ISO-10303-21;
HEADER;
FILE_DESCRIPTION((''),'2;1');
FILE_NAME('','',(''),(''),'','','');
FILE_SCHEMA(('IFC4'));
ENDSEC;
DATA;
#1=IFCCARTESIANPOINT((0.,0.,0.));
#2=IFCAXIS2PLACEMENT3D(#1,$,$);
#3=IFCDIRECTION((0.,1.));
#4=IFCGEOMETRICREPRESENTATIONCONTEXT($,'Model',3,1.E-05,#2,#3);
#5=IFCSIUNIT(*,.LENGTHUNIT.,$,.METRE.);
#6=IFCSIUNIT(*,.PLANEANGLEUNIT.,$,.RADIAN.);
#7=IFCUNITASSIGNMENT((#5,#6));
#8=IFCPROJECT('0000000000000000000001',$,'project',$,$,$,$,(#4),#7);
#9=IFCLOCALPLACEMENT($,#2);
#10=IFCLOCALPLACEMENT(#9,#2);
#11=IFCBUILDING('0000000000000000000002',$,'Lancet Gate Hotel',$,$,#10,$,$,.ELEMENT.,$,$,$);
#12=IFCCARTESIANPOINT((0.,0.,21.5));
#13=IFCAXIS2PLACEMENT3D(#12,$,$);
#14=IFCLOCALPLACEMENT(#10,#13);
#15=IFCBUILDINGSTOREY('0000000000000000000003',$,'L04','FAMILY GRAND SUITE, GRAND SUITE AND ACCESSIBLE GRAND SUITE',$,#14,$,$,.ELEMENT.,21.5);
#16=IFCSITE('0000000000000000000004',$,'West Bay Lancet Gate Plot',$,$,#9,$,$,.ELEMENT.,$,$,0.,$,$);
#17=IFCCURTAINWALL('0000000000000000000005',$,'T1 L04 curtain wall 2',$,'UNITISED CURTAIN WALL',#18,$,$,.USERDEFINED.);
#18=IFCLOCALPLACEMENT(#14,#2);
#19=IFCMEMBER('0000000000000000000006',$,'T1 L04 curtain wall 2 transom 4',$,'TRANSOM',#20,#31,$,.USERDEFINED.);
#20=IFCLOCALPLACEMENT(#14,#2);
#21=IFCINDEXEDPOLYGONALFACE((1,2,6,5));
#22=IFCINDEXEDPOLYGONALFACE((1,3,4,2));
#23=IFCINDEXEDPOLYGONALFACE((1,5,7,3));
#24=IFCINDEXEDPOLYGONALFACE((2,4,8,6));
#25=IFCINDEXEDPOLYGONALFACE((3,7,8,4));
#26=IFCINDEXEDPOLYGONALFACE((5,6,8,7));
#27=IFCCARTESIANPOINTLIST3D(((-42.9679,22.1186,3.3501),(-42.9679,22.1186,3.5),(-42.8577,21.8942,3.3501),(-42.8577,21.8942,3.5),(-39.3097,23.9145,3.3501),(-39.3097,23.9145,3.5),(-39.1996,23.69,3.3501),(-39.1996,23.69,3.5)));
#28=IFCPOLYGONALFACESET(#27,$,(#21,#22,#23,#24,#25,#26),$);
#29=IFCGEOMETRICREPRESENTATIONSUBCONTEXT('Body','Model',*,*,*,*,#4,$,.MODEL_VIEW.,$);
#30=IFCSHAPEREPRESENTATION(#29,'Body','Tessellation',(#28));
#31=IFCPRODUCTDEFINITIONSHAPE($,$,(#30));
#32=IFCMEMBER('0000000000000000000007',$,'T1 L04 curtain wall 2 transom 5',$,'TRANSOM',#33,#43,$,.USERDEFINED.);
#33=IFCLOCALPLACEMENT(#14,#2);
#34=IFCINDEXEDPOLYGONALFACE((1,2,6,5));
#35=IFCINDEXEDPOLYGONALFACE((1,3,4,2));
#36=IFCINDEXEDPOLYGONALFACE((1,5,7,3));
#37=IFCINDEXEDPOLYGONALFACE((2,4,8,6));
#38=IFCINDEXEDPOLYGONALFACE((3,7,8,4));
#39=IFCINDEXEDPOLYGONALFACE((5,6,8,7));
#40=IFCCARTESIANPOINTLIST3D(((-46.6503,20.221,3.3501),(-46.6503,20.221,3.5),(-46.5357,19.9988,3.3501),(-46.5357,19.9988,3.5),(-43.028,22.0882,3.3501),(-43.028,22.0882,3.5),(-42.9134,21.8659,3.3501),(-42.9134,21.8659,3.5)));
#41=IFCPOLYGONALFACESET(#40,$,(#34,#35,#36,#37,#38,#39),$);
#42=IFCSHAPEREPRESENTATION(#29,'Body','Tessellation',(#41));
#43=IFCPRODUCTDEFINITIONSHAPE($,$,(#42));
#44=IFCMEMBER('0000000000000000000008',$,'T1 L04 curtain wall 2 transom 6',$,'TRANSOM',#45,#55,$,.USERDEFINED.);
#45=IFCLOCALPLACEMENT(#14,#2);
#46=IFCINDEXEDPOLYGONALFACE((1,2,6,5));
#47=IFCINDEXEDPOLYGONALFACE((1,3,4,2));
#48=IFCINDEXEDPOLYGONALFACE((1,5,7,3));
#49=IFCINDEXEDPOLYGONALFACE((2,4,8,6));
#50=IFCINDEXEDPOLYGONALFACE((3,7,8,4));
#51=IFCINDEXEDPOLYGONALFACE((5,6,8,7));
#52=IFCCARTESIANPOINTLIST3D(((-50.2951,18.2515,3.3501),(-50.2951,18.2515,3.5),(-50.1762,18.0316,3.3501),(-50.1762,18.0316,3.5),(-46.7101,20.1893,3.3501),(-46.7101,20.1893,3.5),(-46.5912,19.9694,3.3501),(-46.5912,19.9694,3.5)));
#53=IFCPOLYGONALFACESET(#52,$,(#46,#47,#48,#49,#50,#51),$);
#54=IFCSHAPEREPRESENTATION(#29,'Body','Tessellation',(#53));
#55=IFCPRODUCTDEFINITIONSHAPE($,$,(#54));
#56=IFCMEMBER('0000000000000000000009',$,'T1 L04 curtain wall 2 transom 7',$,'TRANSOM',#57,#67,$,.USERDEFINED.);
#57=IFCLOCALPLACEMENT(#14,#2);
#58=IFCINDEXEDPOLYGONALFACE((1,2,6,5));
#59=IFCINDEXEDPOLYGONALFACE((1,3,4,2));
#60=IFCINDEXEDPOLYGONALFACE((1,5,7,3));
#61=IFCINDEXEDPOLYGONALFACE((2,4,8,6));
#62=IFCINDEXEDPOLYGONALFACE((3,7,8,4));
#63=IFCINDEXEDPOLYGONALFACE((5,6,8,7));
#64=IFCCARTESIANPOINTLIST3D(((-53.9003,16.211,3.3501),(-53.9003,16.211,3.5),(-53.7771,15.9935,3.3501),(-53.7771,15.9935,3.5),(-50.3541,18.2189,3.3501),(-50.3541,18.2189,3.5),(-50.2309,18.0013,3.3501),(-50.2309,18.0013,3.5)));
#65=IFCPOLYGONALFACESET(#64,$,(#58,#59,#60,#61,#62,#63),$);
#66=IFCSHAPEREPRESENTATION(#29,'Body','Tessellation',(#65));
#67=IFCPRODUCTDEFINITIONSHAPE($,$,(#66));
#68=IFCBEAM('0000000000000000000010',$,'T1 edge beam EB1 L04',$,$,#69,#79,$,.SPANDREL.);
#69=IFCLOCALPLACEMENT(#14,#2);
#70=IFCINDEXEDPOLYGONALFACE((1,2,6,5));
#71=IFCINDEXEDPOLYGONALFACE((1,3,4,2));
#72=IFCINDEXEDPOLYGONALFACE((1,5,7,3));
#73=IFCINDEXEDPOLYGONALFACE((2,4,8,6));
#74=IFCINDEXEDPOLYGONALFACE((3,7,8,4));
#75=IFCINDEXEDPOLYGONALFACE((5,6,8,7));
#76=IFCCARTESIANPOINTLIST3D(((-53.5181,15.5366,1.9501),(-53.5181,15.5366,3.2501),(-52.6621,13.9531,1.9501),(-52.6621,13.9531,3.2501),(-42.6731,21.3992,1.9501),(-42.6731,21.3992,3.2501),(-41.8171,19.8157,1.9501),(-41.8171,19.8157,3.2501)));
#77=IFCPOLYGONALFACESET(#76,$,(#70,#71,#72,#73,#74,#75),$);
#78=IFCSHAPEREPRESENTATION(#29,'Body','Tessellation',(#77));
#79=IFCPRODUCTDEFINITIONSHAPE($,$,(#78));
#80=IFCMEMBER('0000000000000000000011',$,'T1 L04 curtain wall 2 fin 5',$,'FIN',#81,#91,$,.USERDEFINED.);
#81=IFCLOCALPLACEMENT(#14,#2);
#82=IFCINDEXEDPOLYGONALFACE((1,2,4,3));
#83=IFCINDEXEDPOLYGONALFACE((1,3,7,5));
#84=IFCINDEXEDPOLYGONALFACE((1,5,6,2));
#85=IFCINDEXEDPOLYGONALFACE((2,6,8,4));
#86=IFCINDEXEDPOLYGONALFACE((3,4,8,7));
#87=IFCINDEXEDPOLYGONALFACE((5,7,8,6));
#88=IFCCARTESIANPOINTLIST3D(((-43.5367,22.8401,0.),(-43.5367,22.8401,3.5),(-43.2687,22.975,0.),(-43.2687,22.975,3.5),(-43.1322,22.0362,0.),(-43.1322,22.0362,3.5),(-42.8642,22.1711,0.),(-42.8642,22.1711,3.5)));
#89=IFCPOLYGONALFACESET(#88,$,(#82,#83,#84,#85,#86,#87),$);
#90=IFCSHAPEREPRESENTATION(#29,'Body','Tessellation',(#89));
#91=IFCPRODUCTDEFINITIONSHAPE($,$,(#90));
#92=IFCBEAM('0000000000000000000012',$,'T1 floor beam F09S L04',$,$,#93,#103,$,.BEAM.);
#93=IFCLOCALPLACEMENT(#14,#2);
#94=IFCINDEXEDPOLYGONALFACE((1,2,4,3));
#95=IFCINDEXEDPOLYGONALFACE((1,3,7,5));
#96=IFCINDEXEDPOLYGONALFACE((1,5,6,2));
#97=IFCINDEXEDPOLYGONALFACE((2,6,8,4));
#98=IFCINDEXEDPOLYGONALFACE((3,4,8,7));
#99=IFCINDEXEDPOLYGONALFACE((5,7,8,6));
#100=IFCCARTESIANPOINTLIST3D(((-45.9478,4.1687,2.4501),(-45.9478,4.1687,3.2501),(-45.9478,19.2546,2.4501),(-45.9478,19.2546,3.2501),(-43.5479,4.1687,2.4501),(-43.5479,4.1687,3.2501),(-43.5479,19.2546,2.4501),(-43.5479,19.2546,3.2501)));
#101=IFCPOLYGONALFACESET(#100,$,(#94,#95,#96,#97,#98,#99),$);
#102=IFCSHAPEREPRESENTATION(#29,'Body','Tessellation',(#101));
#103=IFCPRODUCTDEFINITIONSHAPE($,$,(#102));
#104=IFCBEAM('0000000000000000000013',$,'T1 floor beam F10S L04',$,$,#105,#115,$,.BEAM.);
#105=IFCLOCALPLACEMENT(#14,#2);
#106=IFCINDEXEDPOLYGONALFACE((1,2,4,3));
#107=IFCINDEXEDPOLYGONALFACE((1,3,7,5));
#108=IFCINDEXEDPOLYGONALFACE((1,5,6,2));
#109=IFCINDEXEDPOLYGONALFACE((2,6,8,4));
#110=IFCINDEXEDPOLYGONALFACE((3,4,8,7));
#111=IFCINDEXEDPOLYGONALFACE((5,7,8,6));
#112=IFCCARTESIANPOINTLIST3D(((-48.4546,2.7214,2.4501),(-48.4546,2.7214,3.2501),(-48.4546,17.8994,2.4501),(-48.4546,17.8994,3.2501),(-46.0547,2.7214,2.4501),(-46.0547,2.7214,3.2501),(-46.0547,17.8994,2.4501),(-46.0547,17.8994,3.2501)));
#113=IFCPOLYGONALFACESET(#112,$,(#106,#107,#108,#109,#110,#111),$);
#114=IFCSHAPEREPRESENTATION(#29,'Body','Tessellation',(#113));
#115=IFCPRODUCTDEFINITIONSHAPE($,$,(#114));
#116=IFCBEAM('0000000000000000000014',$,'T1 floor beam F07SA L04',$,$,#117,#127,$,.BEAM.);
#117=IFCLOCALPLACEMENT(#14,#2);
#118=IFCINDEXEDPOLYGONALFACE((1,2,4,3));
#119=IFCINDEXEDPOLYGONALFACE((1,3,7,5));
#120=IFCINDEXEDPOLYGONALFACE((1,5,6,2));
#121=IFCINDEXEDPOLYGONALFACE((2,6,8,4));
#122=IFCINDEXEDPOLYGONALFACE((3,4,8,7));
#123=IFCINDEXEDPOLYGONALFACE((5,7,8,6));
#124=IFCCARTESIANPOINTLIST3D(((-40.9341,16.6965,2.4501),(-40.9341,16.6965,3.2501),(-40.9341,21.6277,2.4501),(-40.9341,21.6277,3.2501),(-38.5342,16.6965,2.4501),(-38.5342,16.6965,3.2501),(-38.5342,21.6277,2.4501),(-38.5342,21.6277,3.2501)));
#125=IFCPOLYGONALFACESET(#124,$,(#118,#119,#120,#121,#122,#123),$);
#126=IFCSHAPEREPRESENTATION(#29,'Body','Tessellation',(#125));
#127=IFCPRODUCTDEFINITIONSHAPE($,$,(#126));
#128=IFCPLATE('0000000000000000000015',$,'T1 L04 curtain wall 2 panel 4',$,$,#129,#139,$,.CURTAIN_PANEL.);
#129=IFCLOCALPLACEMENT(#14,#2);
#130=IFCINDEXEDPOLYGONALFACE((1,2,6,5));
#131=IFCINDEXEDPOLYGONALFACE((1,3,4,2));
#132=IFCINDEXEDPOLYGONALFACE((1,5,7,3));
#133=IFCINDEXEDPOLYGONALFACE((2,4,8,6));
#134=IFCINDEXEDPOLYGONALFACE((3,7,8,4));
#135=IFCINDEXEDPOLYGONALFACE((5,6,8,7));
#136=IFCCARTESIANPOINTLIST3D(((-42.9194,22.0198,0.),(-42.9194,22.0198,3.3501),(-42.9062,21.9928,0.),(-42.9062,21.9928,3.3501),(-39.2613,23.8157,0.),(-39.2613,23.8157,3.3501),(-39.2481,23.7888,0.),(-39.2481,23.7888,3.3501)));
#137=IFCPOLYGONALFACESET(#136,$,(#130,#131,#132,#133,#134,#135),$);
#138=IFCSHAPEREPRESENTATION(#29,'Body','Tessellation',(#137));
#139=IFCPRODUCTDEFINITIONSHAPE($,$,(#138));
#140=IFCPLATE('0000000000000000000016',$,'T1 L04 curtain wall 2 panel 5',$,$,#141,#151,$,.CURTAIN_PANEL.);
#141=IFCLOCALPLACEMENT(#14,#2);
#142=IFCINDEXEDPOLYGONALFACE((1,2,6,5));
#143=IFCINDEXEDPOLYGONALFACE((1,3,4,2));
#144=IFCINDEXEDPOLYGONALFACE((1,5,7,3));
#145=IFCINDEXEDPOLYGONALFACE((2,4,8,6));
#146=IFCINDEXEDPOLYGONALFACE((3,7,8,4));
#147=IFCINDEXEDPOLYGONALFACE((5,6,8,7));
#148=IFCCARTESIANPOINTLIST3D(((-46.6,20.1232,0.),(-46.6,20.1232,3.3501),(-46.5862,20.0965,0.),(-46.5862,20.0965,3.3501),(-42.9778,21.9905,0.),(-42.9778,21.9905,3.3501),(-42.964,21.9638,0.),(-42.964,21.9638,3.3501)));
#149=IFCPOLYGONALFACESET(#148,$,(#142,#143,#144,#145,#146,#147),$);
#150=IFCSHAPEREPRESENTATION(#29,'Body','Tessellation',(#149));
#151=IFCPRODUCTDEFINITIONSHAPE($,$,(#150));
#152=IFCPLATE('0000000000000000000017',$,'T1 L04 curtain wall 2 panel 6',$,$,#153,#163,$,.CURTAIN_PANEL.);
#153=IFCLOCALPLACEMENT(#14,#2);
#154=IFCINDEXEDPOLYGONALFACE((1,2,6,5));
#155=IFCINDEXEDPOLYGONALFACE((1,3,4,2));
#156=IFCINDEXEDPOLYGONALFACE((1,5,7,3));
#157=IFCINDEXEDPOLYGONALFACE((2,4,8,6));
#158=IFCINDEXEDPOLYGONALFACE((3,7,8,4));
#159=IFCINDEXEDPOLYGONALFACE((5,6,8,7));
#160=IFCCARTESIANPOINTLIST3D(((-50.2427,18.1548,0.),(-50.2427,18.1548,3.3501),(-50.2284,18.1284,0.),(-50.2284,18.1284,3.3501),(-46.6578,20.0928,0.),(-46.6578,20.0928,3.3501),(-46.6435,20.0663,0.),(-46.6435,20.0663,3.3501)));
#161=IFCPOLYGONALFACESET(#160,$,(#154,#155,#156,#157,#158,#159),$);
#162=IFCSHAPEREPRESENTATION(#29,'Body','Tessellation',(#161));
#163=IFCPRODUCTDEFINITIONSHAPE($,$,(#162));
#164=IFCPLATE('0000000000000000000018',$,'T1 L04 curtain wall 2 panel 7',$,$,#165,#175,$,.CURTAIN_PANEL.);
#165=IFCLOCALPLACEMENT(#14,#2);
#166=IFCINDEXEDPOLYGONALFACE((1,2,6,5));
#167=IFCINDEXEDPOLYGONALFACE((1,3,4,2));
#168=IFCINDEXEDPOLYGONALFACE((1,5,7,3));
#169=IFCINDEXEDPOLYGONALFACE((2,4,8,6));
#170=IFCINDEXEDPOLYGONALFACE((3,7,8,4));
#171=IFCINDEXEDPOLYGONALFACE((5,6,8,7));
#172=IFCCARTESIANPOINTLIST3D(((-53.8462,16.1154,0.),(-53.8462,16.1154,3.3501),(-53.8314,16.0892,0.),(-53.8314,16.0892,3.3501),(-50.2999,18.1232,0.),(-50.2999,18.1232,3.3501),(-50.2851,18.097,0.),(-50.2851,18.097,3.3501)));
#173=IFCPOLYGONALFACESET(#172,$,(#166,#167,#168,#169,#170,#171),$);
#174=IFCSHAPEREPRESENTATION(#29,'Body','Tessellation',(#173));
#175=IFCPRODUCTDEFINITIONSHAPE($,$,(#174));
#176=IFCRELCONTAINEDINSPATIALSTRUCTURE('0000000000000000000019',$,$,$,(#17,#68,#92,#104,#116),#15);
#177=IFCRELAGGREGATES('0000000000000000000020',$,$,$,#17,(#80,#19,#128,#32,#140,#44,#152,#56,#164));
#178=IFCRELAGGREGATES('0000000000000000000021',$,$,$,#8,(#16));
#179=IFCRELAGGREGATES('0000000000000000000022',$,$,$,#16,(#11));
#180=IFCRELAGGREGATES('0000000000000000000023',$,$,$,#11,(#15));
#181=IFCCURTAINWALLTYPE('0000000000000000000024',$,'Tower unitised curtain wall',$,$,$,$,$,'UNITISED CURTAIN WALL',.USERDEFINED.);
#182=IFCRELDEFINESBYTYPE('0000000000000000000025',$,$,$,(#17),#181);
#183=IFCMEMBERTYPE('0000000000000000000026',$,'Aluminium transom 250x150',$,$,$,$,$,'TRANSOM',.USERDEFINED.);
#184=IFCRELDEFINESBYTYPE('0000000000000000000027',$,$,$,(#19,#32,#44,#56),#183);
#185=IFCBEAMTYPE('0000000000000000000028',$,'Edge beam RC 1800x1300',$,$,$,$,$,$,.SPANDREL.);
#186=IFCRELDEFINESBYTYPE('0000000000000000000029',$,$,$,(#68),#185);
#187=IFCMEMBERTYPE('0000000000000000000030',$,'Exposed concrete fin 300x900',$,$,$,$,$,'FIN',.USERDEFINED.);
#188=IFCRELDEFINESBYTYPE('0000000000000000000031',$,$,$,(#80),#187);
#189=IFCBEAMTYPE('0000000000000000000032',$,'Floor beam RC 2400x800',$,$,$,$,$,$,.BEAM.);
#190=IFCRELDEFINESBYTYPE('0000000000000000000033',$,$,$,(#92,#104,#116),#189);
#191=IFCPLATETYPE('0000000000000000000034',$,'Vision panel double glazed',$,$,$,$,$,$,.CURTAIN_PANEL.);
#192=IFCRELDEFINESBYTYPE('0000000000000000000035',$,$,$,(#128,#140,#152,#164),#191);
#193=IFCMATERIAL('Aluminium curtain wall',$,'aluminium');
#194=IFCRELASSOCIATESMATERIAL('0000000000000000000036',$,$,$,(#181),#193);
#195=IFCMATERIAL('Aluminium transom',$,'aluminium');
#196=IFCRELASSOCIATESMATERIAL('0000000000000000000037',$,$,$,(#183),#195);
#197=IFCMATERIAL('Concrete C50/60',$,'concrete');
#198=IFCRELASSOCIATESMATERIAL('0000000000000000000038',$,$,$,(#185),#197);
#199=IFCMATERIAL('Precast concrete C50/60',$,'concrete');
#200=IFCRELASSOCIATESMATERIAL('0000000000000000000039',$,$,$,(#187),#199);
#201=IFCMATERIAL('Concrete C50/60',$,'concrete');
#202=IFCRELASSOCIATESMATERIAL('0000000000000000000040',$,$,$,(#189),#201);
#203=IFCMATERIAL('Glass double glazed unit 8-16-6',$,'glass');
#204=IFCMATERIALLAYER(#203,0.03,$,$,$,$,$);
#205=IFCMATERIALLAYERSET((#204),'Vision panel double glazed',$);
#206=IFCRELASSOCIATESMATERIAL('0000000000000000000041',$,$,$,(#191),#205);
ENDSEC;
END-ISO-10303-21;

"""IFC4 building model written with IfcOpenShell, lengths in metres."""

from ifc_helpers import new_model, si_unit, direction, frame, origin, origin_2d, place, context, subcontext, project, spatial, rectangle, extrude, material, layer, layer_set, material_profile, profile_set, type_object, element, aggregate, save


model = new_model("IFC4")

# Units and contexts
model_context = context("Model", 3, precision=1e-05, world=origin(), true_north=direction((0.0, 1.0)))
body_context = subcontext(model_context, "Body", "Model", "MODEL_VIEW")
ifc_project = project(units=[si_unit("LENGTHUNIT", "METRE"), si_unit("PLANEANGLEUNIT", "RADIAN")], contexts=[model_context])

# Site, building, storey
site_placement = place(None, origin())
site = spatial("IfcSite", under=ifc_project, at=site_placement, Name="West Bay Lancet Gate Plot", CompositionType="ELEMENT", RefElevation=0.0)
building_placement = place(site_placement, origin())
building = spatial("IfcBuilding", under=site, at=building_placement, Name="Lancet Gate Hotel", CompositionType="ELEMENT")
storey_placement = place(building_placement, frame((0.0, 0.0, 21.5)))
storey = spatial("IfcBuildingStorey", under=building, at=storey_placement, Name="L04", Description="FAMILY GRAND SUITE, GRAND SUITE AND ACCESSIBLE GRAND SUITE", CompositionType="ELEMENT", Elevation=21.5)

# Curtain wall, members
ifc_material_1 = material(Name="Aluminium curtain wall", Category="aluminium")
curtain_wall_type = type_object("IfcCurtainWallType", Name="Tower unitised curtain wall", ElementType="UNITISED CURTAIN WALL", PredefinedType="USERDEFINED", material=ifc_material_1)
curtain_wall_placement = place(storey_placement, origin())
curtain_wall = element("IfcCurtainWall", 1, at=curtain_wall_placement, inside=storey, type_object=curtain_wall_type, Name="T1 L04 curtain wall 2", ObjectType="UNITISED CURTAIN WALL", PredefinedType="USERDEFINED")
ifc_material_2 = material(Name="Aluminium transom", Category="aluminium")
ifc_material_profile_1 = material_profile(ifc_material_2, rectangle(XDim=0.25, YDim=0.1499, at=origin_2d()), Name="TRANSOM 250x150")
ifc_profile_set_1 = profile_set([ifc_material_profile_1], Name="Aluminium transom")
member_type_1 = type_object("IfcMemberType", Name="Aluminium transom 250x150", ElementType="TRANSOM", PredefinedType="USERDEFINED", material=ifc_profile_set_1)
member_1_placement = place(storey_placement, frame((-39.2546, 23.8022, 3.425), z_axis=(-0.897662, -0.440684, 0.0), x_axis=(0.440684, -0.897662, 0.0)))
member_1 = element("IfcMember", 2, at=member_1_placement, type_object=member_type_1, Name="T1 L04 curtain wall 2 transom 4", ObjectType="TRANSOM", PredefinedType="USERDEFINED", context=body_context, shape_type="SweptSolid", body=[
    extrude(rectangle(XDim=0.25, YDim=0.1499, at=origin_2d()), origin(), (0.0, 0.0, 1.0), 4.0752),
])
member_2_placement = place(storey_placement, frame((-42.9707, 21.9771, 3.425), z_axis=(-0.88886, -0.458179, 0.0), x_axis=(0.458179, -0.88886, 0.0)))
member_2 = element("IfcMember", 3, at=member_2_placement, type_object=member_type_1, Name="T1 L04 curtain wall 2 transom 5", ObjectType="TRANSOM", PredefinedType="USERDEFINED", context=body_context, shape_type="SweptSolid", body=[
    extrude(rectangle(XDim=0.25, YDim=0.1499, at=origin_2d()), origin(), (0.0, 0.0, 1.0), 4.0752),
])
member_3_placement = place(storey_placement, frame((-46.6506, 20.0793, 3.425), z_axis=(-0.879714, -0.475503, 0.0), x_axis=(0.475503, -0.879714, 0.0)))
member_3 = element("IfcMember", 4, at=member_3_placement, type_object=member_type_1, Name="T1 L04 curtain wall 2 transom 6", ObjectType="TRANSOM", PredefinedType="USERDEFINED", context=body_context, shape_type="SweptSolid", body=[
    extrude(rectangle(XDim=0.25, YDim=0.1499, at=origin_2d()), origin(), (0.0, 0.0, 1.0), 4.0752),
])
member_4_placement = place(storey_placement, frame((-50.2925, 18.1101, 3.425), z_axis=(-0.870198, -0.492703, 0.0), x_axis=(0.492703, -0.870198, 0.0)))
member_4 = element("IfcMember", 5, at=member_4_placement, type_object=member_type_1, Name="T1 L04 curtain wall 2 transom 7", ObjectType="TRANSOM", PredefinedType="USERDEFINED", context=body_context, shape_type="SweptSolid", body=[
    extrude(rectangle(XDim=0.25, YDim=0.1499, at=origin_2d()), origin(), (0.0, 0.0, 1.0), 4.0752),
])

# Beam
ifc_material_3 = material(Name="Concrete C50/60", Category="concrete")
ifc_material_profile_2 = material_profile(ifc_material_3, rectangle(XDim=1.8, YDim=1.3, at=origin_2d()), Name="RC 1800x1300")
ifc_profile_set_2 = profile_set([ifc_material_profile_2], Name="Concrete C50/60")
beam_type_1 = type_object("IfcBeamType", Name="Edge beam RC 1800x1300", PredefinedType="SPANDREL", material=ifc_profile_set_2)
beam_1_placement = place(storey_placement, frame((-42.2451, 20.6074, 2.6001), z_axis=(-0.879693, -0.475542, 0.0), x_axis=(0.475542, -0.879693, 0.0)))
element("IfcBeam", 6, at=beam_1_placement, inside=storey, type_object=beam_type_1, Name="T1 edge beam EB1 L04", PredefinedType="SPANDREL", context=body_context, shape_type="SweptSolid", body=[
    extrude(rectangle(XDim=1.8, YDim=1.3, at=origin_2d()), origin(), (0.0, 0.0, 1.0), 12.3281),
])

# Member
ifc_material_4 = material(Name="Precast concrete C50/60", Category="concrete")
ifc_material_profile_3 = material_profile(ifc_material_4, rectangle(XDim=0.3, YDim=0.8999, at=origin_2d()), Name="FIN 300x900")
ifc_profile_set_3 = profile_set([ifc_material_profile_3], Name="Precast concrete C50/60")
member_type_2 = type_object("IfcMemberType", Name="Exposed concrete fin 300x900", ElementType="FIN", PredefinedType="USERDEFINED", material=ifc_profile_set_3)
member_5_placement = place(storey_placement, frame((-43.2004, 22.5056, 0.0), z_axis=(0.0, 0.0, 1.0), x_axis=(-0.893292, -0.449478, 0.0)))
member_5 = element("IfcMember", 7, at=member_5_placement, type_object=member_type_2, Name="T1 L04 curtain wall 2 fin 5", ObjectType="FIN", PredefinedType="USERDEFINED", context=body_context, shape_type="SweptSolid", body=[
    extrude(rectangle(XDim=0.3, YDim=0.8999, at=origin_2d()), origin(), (0.0, 0.0, 1.0), 3.5),
])

# Beams
ifc_material_5 = material(Name="Concrete C50/60", Category="concrete")
ifc_material_profile_4 = material_profile(ifc_material_5, rectangle(XDim=2.3999, YDim=0.8, at=origin_2d()), Name="RC 2400x800")
ifc_profile_set_4 = profile_set([ifc_material_profile_4], Name="Concrete C50/60")
beam_type_2 = type_object("IfcBeamType", Name="Floor beam RC 2400x800", PredefinedType="BEAM", material=ifc_profile_set_4)
beam_2_placement = place(storey_placement, frame((-44.7478, 19.2546, 2.8501), z_axis=(0.0, -1.0, 0.0), x_axis=(1.0, 0.0, 0.0)))
element("IfcBeam", 8, at=beam_2_placement, inside=storey, type_object=beam_type_2, Name="T1 floor beam F09S L04", PredefinedType="BEAM", context=body_context, shape_type="SweptSolid", body=[
    extrude(rectangle(XDim=2.3999, YDim=0.8, at=origin_2d()), origin(), (0.0, 0.0, 1.0), 15.0859),
])
beam_3_placement = place(storey_placement, frame((-47.2546, 17.8994, 2.8501), z_axis=(0.0, -1.0, 0.0), x_axis=(1.0, 0.0, 0.0)))
element("IfcBeam", 9, at=beam_3_placement, inside=storey, type_object=beam_type_2, Name="T1 floor beam F10S L04", PredefinedType="BEAM", context=body_context, shape_type="SweptSolid", body=[
    extrude(rectangle(XDim=2.3999, YDim=0.8, at=origin_2d()), origin(), (0.0, 0.0, 1.0), 15.178),
])
beam_4_placement = place(storey_placement, frame((-39.7341, 21.6277, 2.8501), z_axis=(0.0, -1.0, 0.0), x_axis=(1.0, 0.0, 0.0)))
element("IfcBeam", 10, at=beam_4_placement, inside=storey, type_object=beam_type_2, Name="T1 floor beam F07SA L04", PredefinedType="BEAM", context=body_context, shape_type="SweptSolid", body=[
    extrude(rectangle(XDim=2.3999, YDim=0.8, at=origin_2d()), origin(), (0.0, 0.0, 1.0), 4.9312),
])

# Plates
ifc_material_6 = material(Name="Glass double glazed unit 8-16-6", Category="glass")
ifc_layer = layer(ifc_material_6, 0.03)
ifc_layer_set = layer_set([ifc_layer], Name="Vision panel double glazed")
plate_type = type_object("IfcPlateType", Name="Vision panel double glazed", PredefinedType="CURTAIN_PANEL", material=ifc_layer_set)
plate_1_placement = place(storey_placement, frame((-41.0837, 22.9043, 0.0), z_axis=(0.0, 0.0, 1.0), x_axis=(-0.897653, -0.440702, 0.0)))
plate_1 = element("IfcPlate", 11, at=plate_1_placement, type_object=plate_type, Name="T1 L04 curtain wall 2 panel 4", PredefinedType="CURTAIN_PANEL", context=body_context, shape_type="SweptSolid", body=[
    extrude(rectangle(XDim=4.0752, YDim=0.03, at=origin_2d()), origin(), (0.0, 0.0, 1.0), 3.3501),
])
plate_2_placement = place(storey_placement, frame((-44.782, 21.0435, 0.0), z_axis=(0.0, 0.0, 1.0), x_axis=(-0.888844, -0.45821, 0.0)))
plate_2 = element("IfcPlate", 12, at=plate_2_placement, type_object=plate_type, Name="T1 L04 curtain wall 2 panel 5", PredefinedType="CURTAIN_PANEL", context=body_context, shape_type="SweptSolid", body=[
    extrude(rectangle(XDim=4.0752, YDim=0.03, at=origin_2d()), origin(), (0.0, 0.0, 1.0), 3.3501),
])
plate_3_placement = place(storey_placement, frame((-48.4431, 19.1106, 0.0), z_axis=(0.0, 0.0, 1.0), x_axis=(-0.879693, -0.475541, 0.0)))
plate_3 = element("IfcPlate", 13, at=plate_3_placement, type_object=plate_type, Name="T1 L04 curtain wall 2 panel 6", PredefinedType="CURTAIN_PANEL", context=body_context, shape_type="SweptSolid", body=[
    extrude(rectangle(XDim=4.0752, YDim=0.03, at=origin_2d()), origin(), (0.0, 0.0, 1.0), 3.3501),
])
plate_4_placement = place(storey_placement, frame((-52.0657, 17.1062, 0.0), z_axis=(0.0, 0.0, 1.0), x_axis=(-0.870205, -0.49269, 0.0)))
plate_4 = element("IfcPlate", 14, at=plate_4_placement, type_object=plate_type, Name="T1 L04 curtain wall 2 panel 7", PredefinedType="CURTAIN_PANEL", context=body_context, shape_type="SweptSolid", body=[
    extrude(rectangle(XDim=4.0752, YDim=0.03, at=origin_2d()), origin(), (0.0, 0.0, 1.0), 3.3501),
])
aggregate(curtain_wall, [member_5, member_1, plate_1, member_2, plate_2, member_3, plate_3, member_4, plate_4])

save(model, "model.ifc")
